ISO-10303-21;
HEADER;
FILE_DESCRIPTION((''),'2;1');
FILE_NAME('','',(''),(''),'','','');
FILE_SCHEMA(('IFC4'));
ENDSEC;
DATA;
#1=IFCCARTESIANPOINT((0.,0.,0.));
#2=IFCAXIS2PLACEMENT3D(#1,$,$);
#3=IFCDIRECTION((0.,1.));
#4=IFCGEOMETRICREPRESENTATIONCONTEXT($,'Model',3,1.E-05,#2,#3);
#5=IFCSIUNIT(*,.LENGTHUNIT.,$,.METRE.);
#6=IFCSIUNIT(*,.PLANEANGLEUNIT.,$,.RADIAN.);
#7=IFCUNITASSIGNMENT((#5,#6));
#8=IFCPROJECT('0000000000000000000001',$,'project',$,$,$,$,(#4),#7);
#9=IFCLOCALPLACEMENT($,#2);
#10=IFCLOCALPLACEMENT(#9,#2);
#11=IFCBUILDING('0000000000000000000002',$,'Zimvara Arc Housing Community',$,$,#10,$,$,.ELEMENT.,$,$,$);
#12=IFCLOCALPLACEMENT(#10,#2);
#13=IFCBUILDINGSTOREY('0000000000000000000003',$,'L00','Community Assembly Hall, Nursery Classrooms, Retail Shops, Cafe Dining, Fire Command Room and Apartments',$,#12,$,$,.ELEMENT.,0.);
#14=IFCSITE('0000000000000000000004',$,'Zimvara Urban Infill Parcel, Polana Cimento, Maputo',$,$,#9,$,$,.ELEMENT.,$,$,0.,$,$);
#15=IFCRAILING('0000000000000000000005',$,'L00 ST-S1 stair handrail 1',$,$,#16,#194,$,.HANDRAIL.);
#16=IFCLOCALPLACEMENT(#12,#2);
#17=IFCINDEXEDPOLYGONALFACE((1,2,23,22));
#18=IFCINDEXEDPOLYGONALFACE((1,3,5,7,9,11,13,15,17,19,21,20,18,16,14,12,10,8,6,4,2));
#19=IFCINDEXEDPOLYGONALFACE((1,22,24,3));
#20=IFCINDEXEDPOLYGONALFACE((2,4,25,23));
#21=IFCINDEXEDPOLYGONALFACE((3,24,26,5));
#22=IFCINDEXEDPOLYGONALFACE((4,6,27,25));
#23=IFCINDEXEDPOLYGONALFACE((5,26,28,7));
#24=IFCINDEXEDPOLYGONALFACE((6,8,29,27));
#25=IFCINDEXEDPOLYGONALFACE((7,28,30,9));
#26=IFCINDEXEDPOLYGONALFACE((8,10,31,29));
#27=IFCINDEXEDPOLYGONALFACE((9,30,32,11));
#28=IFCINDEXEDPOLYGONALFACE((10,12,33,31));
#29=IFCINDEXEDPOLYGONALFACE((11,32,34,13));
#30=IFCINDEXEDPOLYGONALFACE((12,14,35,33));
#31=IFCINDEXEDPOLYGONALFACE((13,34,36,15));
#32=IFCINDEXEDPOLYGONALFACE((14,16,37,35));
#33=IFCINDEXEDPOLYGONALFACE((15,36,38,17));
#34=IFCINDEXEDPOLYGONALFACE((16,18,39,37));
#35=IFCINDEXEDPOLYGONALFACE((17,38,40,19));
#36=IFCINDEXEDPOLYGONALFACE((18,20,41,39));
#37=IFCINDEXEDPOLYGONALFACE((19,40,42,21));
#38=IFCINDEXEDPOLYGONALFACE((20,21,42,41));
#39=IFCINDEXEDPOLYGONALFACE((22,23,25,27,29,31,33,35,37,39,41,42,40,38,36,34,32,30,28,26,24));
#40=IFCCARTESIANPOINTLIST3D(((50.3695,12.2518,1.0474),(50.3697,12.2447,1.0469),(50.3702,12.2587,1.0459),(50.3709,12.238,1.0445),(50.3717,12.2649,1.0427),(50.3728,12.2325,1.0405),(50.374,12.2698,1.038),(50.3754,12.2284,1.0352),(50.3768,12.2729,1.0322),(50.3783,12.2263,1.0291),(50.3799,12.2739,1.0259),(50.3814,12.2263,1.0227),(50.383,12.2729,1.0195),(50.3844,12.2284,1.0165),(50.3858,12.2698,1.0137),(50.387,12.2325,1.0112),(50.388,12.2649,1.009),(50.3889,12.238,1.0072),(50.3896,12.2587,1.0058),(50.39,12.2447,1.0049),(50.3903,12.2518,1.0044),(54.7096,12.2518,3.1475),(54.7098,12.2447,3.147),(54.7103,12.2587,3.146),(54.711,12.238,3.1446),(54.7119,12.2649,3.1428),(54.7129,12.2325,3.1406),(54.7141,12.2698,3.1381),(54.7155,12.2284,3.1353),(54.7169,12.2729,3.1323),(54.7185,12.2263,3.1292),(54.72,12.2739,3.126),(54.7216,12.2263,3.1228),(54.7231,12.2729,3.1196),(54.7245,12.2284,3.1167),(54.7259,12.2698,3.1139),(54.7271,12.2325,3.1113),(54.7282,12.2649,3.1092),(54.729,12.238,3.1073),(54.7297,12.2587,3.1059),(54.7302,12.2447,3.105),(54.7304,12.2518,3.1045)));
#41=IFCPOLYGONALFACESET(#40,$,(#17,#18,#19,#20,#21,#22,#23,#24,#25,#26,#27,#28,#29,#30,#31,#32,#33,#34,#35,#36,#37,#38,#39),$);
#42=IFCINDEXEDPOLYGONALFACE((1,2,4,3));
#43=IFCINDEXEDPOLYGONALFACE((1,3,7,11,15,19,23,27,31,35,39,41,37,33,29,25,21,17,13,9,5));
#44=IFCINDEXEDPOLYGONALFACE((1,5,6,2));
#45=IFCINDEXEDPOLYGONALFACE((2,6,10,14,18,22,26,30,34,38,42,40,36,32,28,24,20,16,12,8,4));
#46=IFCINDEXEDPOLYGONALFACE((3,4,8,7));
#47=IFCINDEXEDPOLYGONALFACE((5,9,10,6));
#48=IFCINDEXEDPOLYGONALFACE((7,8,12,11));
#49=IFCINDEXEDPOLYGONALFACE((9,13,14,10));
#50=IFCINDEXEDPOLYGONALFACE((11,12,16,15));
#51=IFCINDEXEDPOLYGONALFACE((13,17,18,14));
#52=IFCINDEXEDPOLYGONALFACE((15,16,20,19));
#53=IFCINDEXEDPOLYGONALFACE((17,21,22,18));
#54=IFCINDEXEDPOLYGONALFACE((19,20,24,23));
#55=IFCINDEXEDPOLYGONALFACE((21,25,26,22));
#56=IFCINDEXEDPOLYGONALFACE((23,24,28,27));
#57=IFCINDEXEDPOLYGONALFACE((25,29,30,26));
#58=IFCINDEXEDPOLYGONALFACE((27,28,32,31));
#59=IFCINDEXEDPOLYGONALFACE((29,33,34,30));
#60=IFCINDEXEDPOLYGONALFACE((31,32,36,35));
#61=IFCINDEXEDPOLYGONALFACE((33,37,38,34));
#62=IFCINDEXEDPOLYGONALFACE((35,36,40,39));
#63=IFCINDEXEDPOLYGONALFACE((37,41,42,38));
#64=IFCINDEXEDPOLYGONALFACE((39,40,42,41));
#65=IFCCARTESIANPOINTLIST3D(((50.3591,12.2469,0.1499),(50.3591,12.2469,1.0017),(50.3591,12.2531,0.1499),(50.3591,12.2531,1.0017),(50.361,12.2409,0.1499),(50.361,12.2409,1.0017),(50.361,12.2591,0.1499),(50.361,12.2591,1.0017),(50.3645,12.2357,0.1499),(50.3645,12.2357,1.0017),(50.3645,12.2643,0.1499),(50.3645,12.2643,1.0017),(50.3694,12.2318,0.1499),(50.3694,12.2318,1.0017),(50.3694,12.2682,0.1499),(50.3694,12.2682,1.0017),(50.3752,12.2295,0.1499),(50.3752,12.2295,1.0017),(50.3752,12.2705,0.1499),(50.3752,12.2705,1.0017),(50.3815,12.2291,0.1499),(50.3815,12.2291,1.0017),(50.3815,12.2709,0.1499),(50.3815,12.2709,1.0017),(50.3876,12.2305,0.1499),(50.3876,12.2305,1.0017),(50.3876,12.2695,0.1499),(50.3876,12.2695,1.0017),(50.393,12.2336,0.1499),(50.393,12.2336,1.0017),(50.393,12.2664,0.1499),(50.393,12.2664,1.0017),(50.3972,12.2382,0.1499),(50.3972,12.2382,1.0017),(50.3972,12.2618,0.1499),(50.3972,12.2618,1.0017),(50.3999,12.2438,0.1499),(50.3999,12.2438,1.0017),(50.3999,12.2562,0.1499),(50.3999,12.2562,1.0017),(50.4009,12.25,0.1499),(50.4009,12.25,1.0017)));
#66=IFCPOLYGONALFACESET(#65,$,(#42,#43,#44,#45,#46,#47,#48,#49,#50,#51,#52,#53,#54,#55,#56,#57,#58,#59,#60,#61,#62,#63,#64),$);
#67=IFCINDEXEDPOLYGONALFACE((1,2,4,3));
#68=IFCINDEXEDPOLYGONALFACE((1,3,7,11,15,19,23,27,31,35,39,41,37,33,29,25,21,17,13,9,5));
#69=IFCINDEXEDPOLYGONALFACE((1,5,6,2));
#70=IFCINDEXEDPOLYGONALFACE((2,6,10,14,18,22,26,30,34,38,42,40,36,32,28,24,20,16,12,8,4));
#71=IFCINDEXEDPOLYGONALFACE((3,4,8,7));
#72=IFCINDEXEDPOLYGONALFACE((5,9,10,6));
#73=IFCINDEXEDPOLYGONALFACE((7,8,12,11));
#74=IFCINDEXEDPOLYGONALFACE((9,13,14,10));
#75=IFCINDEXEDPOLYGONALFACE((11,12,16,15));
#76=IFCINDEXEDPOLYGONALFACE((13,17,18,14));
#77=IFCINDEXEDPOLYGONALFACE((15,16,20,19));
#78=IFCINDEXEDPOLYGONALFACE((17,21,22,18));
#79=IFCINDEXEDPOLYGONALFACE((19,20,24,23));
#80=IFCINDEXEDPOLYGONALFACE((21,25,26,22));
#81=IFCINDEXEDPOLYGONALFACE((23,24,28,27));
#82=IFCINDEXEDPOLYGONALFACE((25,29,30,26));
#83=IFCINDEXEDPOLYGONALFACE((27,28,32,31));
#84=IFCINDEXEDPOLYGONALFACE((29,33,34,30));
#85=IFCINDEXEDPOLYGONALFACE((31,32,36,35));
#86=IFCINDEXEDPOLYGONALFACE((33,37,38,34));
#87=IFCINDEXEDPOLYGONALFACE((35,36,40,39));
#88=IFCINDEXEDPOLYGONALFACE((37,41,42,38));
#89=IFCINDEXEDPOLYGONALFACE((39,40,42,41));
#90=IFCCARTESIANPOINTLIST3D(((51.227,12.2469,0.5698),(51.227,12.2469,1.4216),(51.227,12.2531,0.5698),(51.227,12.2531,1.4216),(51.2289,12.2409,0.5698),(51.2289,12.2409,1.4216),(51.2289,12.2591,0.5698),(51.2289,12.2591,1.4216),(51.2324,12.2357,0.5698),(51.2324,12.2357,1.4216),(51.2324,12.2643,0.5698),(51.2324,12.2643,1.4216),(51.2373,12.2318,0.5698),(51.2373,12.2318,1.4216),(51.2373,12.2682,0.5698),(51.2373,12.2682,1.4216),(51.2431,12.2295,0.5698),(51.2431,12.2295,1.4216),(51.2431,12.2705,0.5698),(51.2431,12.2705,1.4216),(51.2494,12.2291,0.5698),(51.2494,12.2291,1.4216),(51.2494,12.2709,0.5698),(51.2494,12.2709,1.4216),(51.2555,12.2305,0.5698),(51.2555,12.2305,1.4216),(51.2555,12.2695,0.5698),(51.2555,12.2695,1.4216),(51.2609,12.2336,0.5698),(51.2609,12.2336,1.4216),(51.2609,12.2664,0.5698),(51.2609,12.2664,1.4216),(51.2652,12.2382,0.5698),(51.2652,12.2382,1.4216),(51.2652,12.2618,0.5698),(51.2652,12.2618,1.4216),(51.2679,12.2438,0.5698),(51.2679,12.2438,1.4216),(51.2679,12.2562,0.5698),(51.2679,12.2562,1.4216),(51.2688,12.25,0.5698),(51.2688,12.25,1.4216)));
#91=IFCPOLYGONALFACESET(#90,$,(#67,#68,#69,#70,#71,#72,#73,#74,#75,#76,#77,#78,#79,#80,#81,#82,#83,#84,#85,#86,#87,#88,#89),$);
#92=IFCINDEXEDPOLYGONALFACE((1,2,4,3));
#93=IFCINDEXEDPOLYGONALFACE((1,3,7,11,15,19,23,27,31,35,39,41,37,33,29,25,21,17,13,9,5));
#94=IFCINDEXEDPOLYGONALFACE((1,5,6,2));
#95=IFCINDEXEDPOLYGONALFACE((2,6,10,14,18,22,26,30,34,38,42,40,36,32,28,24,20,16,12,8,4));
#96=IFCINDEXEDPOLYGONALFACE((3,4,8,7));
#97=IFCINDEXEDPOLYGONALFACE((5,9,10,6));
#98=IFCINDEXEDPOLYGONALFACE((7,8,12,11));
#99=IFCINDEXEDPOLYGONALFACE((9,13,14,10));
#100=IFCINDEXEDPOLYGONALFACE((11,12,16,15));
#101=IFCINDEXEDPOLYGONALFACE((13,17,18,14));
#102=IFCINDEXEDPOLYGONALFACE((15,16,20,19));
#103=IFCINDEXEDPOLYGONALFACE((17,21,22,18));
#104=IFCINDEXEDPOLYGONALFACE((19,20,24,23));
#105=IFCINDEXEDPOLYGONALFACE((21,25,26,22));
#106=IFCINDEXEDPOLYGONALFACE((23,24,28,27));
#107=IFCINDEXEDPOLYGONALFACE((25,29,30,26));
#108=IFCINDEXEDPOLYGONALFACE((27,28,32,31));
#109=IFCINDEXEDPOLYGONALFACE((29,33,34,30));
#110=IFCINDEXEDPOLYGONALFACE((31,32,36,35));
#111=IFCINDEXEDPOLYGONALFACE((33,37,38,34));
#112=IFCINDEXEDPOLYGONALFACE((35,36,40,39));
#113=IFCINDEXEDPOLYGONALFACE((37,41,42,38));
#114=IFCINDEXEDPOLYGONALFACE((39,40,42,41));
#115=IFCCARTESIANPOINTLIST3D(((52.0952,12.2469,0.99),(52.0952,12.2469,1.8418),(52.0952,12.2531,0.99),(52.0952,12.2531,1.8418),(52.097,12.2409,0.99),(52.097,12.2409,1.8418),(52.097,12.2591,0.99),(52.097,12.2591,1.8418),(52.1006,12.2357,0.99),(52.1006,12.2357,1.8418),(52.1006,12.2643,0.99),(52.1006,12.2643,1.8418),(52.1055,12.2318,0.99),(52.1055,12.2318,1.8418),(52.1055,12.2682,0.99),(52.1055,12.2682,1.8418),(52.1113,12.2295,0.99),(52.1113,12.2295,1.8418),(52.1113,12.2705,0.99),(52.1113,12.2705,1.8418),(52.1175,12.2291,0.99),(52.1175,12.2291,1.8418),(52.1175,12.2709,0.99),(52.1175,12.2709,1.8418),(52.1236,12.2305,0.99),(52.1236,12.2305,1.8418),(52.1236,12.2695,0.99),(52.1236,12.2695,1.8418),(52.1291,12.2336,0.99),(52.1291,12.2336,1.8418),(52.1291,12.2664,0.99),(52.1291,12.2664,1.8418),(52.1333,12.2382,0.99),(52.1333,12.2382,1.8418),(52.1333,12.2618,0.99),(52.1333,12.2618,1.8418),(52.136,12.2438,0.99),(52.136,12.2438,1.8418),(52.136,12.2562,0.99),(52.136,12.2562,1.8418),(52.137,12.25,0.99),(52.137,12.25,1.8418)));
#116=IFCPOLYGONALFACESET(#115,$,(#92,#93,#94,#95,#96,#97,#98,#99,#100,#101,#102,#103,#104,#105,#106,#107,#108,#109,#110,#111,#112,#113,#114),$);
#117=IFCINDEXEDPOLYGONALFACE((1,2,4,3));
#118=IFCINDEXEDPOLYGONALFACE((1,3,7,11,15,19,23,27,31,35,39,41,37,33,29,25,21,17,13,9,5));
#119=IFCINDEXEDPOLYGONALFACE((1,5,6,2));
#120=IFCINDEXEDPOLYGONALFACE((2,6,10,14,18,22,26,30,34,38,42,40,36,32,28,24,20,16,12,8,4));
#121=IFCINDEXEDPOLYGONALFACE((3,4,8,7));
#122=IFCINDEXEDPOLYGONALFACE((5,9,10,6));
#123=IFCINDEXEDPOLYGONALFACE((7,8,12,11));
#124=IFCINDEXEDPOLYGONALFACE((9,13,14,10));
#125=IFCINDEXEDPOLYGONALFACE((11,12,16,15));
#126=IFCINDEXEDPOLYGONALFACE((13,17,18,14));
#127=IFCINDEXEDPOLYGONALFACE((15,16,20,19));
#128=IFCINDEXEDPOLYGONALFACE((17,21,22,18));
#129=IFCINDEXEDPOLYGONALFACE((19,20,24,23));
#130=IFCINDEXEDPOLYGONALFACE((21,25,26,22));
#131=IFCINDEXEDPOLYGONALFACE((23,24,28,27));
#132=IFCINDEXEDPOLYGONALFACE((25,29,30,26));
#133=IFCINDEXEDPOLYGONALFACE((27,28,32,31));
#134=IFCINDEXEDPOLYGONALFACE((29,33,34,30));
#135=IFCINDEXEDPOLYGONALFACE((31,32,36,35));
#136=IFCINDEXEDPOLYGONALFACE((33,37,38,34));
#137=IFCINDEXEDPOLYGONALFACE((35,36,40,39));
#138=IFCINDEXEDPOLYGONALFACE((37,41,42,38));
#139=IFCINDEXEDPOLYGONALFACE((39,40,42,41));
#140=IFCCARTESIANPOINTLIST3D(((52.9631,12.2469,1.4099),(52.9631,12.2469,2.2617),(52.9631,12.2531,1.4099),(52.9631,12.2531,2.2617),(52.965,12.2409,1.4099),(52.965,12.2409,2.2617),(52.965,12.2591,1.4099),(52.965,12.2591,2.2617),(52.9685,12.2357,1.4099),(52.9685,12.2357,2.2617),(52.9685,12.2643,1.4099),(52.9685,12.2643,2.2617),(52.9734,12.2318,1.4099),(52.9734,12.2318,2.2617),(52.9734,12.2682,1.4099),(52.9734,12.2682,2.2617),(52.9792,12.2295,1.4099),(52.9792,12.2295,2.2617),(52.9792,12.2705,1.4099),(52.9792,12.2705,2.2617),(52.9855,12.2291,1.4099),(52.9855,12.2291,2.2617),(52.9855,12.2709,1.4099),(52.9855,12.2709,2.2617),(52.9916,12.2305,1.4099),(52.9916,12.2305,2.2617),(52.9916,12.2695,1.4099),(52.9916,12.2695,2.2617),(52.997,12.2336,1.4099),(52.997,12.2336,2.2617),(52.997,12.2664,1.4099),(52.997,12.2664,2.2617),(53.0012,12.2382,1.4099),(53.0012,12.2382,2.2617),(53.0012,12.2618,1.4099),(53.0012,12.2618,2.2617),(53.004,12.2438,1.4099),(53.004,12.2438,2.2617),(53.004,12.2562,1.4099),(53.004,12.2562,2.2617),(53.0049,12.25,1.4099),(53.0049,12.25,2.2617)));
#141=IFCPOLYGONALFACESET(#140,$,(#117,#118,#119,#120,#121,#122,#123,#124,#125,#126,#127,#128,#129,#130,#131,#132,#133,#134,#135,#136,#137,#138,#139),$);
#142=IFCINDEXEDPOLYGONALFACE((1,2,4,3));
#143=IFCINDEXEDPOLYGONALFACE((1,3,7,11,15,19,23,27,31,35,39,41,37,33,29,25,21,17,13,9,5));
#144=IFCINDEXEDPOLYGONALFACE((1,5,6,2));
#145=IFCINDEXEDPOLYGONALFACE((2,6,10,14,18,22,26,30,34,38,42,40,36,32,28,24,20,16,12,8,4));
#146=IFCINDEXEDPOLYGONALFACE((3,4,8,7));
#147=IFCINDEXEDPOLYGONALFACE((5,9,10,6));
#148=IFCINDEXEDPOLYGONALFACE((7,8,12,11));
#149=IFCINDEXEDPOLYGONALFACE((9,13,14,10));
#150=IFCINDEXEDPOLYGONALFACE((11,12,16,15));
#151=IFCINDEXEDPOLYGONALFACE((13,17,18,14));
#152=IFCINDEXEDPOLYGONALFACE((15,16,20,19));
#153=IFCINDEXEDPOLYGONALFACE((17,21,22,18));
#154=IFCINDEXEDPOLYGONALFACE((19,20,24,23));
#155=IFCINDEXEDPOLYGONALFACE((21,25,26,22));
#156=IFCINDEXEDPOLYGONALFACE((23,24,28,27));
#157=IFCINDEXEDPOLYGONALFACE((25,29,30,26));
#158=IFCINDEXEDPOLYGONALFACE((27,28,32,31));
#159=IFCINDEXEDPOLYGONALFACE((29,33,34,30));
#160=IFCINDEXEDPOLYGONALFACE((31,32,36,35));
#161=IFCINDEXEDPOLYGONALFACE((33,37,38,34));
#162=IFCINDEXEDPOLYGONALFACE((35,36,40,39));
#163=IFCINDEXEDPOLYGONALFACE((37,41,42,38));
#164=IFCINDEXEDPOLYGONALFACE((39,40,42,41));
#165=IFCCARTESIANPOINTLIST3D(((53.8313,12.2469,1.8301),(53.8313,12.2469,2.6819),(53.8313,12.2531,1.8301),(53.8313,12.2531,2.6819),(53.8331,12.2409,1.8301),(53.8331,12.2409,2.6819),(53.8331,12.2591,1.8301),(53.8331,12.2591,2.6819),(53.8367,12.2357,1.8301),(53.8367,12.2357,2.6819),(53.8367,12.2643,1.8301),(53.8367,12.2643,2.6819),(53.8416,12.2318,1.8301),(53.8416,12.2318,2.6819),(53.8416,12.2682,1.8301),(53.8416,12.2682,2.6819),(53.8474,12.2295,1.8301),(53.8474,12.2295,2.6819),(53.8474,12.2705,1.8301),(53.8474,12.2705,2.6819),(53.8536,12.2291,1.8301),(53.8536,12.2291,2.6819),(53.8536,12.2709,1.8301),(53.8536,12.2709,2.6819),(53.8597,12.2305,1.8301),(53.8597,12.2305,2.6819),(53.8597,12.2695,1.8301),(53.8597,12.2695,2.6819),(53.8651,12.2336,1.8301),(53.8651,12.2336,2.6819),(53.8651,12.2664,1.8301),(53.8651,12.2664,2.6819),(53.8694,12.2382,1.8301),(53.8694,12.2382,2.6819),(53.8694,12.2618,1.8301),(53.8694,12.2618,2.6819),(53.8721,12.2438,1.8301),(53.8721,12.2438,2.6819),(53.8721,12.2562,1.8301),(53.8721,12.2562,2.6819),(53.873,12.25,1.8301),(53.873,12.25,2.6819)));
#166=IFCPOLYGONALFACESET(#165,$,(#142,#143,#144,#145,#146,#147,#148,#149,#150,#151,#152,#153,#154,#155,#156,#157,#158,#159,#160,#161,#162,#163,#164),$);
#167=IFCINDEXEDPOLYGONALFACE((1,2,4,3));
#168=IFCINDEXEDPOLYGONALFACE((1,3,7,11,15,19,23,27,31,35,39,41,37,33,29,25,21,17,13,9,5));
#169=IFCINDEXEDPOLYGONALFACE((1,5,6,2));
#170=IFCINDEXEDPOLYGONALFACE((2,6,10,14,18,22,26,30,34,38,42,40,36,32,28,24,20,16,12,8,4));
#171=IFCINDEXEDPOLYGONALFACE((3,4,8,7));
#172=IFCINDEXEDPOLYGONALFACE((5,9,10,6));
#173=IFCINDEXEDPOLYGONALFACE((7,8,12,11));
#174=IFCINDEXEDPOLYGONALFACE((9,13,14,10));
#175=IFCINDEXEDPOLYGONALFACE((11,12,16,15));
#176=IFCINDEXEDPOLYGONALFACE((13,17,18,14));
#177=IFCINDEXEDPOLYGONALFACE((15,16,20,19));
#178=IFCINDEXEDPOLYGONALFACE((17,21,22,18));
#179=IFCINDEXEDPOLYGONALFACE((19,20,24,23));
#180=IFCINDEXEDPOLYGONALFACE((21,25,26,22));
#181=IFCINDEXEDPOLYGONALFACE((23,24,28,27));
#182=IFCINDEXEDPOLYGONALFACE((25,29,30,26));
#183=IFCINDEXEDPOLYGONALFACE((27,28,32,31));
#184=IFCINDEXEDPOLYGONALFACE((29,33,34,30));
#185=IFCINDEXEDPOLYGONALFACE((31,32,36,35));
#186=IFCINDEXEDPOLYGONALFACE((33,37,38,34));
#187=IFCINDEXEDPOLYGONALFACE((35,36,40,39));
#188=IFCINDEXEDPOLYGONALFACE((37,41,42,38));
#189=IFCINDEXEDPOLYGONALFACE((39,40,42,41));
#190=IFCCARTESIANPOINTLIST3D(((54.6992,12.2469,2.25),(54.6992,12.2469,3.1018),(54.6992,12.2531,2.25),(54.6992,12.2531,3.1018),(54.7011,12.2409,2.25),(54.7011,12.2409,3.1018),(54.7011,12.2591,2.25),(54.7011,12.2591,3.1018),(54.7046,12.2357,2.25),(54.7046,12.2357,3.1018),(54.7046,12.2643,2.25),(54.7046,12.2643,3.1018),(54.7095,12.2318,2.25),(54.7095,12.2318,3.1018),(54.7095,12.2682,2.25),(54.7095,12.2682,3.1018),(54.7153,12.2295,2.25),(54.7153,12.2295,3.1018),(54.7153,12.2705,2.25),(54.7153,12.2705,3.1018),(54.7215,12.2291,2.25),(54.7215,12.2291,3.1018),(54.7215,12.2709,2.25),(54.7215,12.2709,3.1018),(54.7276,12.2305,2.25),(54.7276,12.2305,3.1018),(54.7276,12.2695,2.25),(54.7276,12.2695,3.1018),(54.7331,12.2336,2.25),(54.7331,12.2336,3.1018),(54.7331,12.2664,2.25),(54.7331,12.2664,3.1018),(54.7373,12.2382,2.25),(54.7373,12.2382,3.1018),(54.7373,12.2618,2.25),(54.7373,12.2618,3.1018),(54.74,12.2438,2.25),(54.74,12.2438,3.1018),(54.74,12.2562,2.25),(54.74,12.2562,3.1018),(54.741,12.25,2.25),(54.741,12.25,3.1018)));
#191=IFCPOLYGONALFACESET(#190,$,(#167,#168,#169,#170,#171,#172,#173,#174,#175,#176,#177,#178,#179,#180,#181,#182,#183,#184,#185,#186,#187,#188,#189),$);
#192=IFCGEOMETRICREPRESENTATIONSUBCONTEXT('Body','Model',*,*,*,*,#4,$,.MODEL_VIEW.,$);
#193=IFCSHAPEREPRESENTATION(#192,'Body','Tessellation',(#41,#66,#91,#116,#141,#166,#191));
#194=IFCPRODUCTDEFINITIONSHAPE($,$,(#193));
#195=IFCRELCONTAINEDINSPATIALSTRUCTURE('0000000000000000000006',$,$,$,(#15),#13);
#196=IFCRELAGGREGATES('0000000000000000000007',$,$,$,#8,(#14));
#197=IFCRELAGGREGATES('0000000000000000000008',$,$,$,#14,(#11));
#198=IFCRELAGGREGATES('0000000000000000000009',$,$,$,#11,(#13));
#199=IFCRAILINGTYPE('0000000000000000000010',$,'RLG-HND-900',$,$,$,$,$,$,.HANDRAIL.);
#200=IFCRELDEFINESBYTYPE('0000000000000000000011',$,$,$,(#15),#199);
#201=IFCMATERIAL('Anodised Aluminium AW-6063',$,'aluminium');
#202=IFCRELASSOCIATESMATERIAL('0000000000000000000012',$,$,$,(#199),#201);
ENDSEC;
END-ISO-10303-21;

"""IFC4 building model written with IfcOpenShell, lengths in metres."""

from ifc_helpers import new_model, si_unit, direction, frame, origin, origin_2d, place, context, subcontext, project, spatial, circle, extrude, material, type_object, element, save


model = new_model("IFC4")

# Units and contexts
model_context = context("Model", 3, precision=1e-05, world=origin(), true_north=direction((0.0, 1.0)))
body_context = subcontext(model_context, "Body", "Model", "MODEL_VIEW")
ifc_project = project(units=[si_unit("LENGTHUNIT", "METRE"), si_unit("PLANEANGLEUNIT", "RADIAN")], contexts=[model_context])

# Site, building, storey
site_placement = place(None, origin())
site = spatial("IfcSite", under=ifc_project, at=site_placement, Name="Zimvara Urban Infill Parcel, Polana Cimento, Maputo", CompositionType="ELEMENT", RefElevation=0.0)
building_placement = place(site_placement, origin())
building = spatial("IfcBuilding", under=site, at=building_placement, Name="Zimvara Arc Housing Community", CompositionType="ELEMENT")
storey_placement = place(building_placement, origin())
storey = spatial("IfcBuildingStorey", under=building, at=storey_placement, Name="L00", Description="Community Assembly Hall, Nursery Classrooms, Retail Shops, Cafe Dining, Fire Command Room and Apartments", CompositionType="ELEMENT", Elevation=0.0)

# Railing
ifc_material_1 = material(Name="Anodised Aluminium AW-6063", Category="aluminium")
railing_type = type_object("IfcRailingType", Name="RLG-HND-900", PredefinedType="HANDRAIL", material=ifc_material_1)
railing_placement = place(storey_placement, frame((50.3799, 12.25, 0.1499)))
element("IfcRailing", 1, at=railing_placement, inside=storey, type_object=railing_type, Name="L00 ST-S1 stair handrail 1", PredefinedType="HANDRAIL", context=body_context, shape_type="SweptSolid", body=[
    extrude(circle(Radius=0.0239, at=origin_2d()), frame((0.0, 0.0, 0.876), z_axis=(0.900155, 0.0, 0.43557), x_axis=(0.0, 1.0, 0.0)), (0.0, 0.0, 1.0), 4.8215),
    extrude(circle(Radius=0.021, at=origin_2d()), origin(), (0.0, 0.0, 1.0), 0.8518),
    extrude(circle(Radius=0.021, at=origin_2d()), frame((0.8679, 0.0, 0.4199)), (0.0, 0.0, 1.0), 0.8518),
    extrude(circle(Radius=0.021, at=origin_2d()), frame((1.7361, 0.0, 0.8401)), (0.0, 0.0, 1.0), 0.8518),
    extrude(circle(Radius=0.021, at=origin_2d()), frame((2.604, 0.0, 1.26)), (0.0, 0.0, 1.0), 0.8518),
    extrude(circle(Radius=0.021, at=origin_2d()), frame((3.4722, 0.0, 1.6802)), (0.0, 0.0, 1.0), 0.8518),
    extrude(circle(Radius=0.021, at=origin_2d()), frame((4.3401, 0.0, 2.1001)), (0.0, 0.0, 1.0), 0.8518),
])

save(model, "model.ifc")
